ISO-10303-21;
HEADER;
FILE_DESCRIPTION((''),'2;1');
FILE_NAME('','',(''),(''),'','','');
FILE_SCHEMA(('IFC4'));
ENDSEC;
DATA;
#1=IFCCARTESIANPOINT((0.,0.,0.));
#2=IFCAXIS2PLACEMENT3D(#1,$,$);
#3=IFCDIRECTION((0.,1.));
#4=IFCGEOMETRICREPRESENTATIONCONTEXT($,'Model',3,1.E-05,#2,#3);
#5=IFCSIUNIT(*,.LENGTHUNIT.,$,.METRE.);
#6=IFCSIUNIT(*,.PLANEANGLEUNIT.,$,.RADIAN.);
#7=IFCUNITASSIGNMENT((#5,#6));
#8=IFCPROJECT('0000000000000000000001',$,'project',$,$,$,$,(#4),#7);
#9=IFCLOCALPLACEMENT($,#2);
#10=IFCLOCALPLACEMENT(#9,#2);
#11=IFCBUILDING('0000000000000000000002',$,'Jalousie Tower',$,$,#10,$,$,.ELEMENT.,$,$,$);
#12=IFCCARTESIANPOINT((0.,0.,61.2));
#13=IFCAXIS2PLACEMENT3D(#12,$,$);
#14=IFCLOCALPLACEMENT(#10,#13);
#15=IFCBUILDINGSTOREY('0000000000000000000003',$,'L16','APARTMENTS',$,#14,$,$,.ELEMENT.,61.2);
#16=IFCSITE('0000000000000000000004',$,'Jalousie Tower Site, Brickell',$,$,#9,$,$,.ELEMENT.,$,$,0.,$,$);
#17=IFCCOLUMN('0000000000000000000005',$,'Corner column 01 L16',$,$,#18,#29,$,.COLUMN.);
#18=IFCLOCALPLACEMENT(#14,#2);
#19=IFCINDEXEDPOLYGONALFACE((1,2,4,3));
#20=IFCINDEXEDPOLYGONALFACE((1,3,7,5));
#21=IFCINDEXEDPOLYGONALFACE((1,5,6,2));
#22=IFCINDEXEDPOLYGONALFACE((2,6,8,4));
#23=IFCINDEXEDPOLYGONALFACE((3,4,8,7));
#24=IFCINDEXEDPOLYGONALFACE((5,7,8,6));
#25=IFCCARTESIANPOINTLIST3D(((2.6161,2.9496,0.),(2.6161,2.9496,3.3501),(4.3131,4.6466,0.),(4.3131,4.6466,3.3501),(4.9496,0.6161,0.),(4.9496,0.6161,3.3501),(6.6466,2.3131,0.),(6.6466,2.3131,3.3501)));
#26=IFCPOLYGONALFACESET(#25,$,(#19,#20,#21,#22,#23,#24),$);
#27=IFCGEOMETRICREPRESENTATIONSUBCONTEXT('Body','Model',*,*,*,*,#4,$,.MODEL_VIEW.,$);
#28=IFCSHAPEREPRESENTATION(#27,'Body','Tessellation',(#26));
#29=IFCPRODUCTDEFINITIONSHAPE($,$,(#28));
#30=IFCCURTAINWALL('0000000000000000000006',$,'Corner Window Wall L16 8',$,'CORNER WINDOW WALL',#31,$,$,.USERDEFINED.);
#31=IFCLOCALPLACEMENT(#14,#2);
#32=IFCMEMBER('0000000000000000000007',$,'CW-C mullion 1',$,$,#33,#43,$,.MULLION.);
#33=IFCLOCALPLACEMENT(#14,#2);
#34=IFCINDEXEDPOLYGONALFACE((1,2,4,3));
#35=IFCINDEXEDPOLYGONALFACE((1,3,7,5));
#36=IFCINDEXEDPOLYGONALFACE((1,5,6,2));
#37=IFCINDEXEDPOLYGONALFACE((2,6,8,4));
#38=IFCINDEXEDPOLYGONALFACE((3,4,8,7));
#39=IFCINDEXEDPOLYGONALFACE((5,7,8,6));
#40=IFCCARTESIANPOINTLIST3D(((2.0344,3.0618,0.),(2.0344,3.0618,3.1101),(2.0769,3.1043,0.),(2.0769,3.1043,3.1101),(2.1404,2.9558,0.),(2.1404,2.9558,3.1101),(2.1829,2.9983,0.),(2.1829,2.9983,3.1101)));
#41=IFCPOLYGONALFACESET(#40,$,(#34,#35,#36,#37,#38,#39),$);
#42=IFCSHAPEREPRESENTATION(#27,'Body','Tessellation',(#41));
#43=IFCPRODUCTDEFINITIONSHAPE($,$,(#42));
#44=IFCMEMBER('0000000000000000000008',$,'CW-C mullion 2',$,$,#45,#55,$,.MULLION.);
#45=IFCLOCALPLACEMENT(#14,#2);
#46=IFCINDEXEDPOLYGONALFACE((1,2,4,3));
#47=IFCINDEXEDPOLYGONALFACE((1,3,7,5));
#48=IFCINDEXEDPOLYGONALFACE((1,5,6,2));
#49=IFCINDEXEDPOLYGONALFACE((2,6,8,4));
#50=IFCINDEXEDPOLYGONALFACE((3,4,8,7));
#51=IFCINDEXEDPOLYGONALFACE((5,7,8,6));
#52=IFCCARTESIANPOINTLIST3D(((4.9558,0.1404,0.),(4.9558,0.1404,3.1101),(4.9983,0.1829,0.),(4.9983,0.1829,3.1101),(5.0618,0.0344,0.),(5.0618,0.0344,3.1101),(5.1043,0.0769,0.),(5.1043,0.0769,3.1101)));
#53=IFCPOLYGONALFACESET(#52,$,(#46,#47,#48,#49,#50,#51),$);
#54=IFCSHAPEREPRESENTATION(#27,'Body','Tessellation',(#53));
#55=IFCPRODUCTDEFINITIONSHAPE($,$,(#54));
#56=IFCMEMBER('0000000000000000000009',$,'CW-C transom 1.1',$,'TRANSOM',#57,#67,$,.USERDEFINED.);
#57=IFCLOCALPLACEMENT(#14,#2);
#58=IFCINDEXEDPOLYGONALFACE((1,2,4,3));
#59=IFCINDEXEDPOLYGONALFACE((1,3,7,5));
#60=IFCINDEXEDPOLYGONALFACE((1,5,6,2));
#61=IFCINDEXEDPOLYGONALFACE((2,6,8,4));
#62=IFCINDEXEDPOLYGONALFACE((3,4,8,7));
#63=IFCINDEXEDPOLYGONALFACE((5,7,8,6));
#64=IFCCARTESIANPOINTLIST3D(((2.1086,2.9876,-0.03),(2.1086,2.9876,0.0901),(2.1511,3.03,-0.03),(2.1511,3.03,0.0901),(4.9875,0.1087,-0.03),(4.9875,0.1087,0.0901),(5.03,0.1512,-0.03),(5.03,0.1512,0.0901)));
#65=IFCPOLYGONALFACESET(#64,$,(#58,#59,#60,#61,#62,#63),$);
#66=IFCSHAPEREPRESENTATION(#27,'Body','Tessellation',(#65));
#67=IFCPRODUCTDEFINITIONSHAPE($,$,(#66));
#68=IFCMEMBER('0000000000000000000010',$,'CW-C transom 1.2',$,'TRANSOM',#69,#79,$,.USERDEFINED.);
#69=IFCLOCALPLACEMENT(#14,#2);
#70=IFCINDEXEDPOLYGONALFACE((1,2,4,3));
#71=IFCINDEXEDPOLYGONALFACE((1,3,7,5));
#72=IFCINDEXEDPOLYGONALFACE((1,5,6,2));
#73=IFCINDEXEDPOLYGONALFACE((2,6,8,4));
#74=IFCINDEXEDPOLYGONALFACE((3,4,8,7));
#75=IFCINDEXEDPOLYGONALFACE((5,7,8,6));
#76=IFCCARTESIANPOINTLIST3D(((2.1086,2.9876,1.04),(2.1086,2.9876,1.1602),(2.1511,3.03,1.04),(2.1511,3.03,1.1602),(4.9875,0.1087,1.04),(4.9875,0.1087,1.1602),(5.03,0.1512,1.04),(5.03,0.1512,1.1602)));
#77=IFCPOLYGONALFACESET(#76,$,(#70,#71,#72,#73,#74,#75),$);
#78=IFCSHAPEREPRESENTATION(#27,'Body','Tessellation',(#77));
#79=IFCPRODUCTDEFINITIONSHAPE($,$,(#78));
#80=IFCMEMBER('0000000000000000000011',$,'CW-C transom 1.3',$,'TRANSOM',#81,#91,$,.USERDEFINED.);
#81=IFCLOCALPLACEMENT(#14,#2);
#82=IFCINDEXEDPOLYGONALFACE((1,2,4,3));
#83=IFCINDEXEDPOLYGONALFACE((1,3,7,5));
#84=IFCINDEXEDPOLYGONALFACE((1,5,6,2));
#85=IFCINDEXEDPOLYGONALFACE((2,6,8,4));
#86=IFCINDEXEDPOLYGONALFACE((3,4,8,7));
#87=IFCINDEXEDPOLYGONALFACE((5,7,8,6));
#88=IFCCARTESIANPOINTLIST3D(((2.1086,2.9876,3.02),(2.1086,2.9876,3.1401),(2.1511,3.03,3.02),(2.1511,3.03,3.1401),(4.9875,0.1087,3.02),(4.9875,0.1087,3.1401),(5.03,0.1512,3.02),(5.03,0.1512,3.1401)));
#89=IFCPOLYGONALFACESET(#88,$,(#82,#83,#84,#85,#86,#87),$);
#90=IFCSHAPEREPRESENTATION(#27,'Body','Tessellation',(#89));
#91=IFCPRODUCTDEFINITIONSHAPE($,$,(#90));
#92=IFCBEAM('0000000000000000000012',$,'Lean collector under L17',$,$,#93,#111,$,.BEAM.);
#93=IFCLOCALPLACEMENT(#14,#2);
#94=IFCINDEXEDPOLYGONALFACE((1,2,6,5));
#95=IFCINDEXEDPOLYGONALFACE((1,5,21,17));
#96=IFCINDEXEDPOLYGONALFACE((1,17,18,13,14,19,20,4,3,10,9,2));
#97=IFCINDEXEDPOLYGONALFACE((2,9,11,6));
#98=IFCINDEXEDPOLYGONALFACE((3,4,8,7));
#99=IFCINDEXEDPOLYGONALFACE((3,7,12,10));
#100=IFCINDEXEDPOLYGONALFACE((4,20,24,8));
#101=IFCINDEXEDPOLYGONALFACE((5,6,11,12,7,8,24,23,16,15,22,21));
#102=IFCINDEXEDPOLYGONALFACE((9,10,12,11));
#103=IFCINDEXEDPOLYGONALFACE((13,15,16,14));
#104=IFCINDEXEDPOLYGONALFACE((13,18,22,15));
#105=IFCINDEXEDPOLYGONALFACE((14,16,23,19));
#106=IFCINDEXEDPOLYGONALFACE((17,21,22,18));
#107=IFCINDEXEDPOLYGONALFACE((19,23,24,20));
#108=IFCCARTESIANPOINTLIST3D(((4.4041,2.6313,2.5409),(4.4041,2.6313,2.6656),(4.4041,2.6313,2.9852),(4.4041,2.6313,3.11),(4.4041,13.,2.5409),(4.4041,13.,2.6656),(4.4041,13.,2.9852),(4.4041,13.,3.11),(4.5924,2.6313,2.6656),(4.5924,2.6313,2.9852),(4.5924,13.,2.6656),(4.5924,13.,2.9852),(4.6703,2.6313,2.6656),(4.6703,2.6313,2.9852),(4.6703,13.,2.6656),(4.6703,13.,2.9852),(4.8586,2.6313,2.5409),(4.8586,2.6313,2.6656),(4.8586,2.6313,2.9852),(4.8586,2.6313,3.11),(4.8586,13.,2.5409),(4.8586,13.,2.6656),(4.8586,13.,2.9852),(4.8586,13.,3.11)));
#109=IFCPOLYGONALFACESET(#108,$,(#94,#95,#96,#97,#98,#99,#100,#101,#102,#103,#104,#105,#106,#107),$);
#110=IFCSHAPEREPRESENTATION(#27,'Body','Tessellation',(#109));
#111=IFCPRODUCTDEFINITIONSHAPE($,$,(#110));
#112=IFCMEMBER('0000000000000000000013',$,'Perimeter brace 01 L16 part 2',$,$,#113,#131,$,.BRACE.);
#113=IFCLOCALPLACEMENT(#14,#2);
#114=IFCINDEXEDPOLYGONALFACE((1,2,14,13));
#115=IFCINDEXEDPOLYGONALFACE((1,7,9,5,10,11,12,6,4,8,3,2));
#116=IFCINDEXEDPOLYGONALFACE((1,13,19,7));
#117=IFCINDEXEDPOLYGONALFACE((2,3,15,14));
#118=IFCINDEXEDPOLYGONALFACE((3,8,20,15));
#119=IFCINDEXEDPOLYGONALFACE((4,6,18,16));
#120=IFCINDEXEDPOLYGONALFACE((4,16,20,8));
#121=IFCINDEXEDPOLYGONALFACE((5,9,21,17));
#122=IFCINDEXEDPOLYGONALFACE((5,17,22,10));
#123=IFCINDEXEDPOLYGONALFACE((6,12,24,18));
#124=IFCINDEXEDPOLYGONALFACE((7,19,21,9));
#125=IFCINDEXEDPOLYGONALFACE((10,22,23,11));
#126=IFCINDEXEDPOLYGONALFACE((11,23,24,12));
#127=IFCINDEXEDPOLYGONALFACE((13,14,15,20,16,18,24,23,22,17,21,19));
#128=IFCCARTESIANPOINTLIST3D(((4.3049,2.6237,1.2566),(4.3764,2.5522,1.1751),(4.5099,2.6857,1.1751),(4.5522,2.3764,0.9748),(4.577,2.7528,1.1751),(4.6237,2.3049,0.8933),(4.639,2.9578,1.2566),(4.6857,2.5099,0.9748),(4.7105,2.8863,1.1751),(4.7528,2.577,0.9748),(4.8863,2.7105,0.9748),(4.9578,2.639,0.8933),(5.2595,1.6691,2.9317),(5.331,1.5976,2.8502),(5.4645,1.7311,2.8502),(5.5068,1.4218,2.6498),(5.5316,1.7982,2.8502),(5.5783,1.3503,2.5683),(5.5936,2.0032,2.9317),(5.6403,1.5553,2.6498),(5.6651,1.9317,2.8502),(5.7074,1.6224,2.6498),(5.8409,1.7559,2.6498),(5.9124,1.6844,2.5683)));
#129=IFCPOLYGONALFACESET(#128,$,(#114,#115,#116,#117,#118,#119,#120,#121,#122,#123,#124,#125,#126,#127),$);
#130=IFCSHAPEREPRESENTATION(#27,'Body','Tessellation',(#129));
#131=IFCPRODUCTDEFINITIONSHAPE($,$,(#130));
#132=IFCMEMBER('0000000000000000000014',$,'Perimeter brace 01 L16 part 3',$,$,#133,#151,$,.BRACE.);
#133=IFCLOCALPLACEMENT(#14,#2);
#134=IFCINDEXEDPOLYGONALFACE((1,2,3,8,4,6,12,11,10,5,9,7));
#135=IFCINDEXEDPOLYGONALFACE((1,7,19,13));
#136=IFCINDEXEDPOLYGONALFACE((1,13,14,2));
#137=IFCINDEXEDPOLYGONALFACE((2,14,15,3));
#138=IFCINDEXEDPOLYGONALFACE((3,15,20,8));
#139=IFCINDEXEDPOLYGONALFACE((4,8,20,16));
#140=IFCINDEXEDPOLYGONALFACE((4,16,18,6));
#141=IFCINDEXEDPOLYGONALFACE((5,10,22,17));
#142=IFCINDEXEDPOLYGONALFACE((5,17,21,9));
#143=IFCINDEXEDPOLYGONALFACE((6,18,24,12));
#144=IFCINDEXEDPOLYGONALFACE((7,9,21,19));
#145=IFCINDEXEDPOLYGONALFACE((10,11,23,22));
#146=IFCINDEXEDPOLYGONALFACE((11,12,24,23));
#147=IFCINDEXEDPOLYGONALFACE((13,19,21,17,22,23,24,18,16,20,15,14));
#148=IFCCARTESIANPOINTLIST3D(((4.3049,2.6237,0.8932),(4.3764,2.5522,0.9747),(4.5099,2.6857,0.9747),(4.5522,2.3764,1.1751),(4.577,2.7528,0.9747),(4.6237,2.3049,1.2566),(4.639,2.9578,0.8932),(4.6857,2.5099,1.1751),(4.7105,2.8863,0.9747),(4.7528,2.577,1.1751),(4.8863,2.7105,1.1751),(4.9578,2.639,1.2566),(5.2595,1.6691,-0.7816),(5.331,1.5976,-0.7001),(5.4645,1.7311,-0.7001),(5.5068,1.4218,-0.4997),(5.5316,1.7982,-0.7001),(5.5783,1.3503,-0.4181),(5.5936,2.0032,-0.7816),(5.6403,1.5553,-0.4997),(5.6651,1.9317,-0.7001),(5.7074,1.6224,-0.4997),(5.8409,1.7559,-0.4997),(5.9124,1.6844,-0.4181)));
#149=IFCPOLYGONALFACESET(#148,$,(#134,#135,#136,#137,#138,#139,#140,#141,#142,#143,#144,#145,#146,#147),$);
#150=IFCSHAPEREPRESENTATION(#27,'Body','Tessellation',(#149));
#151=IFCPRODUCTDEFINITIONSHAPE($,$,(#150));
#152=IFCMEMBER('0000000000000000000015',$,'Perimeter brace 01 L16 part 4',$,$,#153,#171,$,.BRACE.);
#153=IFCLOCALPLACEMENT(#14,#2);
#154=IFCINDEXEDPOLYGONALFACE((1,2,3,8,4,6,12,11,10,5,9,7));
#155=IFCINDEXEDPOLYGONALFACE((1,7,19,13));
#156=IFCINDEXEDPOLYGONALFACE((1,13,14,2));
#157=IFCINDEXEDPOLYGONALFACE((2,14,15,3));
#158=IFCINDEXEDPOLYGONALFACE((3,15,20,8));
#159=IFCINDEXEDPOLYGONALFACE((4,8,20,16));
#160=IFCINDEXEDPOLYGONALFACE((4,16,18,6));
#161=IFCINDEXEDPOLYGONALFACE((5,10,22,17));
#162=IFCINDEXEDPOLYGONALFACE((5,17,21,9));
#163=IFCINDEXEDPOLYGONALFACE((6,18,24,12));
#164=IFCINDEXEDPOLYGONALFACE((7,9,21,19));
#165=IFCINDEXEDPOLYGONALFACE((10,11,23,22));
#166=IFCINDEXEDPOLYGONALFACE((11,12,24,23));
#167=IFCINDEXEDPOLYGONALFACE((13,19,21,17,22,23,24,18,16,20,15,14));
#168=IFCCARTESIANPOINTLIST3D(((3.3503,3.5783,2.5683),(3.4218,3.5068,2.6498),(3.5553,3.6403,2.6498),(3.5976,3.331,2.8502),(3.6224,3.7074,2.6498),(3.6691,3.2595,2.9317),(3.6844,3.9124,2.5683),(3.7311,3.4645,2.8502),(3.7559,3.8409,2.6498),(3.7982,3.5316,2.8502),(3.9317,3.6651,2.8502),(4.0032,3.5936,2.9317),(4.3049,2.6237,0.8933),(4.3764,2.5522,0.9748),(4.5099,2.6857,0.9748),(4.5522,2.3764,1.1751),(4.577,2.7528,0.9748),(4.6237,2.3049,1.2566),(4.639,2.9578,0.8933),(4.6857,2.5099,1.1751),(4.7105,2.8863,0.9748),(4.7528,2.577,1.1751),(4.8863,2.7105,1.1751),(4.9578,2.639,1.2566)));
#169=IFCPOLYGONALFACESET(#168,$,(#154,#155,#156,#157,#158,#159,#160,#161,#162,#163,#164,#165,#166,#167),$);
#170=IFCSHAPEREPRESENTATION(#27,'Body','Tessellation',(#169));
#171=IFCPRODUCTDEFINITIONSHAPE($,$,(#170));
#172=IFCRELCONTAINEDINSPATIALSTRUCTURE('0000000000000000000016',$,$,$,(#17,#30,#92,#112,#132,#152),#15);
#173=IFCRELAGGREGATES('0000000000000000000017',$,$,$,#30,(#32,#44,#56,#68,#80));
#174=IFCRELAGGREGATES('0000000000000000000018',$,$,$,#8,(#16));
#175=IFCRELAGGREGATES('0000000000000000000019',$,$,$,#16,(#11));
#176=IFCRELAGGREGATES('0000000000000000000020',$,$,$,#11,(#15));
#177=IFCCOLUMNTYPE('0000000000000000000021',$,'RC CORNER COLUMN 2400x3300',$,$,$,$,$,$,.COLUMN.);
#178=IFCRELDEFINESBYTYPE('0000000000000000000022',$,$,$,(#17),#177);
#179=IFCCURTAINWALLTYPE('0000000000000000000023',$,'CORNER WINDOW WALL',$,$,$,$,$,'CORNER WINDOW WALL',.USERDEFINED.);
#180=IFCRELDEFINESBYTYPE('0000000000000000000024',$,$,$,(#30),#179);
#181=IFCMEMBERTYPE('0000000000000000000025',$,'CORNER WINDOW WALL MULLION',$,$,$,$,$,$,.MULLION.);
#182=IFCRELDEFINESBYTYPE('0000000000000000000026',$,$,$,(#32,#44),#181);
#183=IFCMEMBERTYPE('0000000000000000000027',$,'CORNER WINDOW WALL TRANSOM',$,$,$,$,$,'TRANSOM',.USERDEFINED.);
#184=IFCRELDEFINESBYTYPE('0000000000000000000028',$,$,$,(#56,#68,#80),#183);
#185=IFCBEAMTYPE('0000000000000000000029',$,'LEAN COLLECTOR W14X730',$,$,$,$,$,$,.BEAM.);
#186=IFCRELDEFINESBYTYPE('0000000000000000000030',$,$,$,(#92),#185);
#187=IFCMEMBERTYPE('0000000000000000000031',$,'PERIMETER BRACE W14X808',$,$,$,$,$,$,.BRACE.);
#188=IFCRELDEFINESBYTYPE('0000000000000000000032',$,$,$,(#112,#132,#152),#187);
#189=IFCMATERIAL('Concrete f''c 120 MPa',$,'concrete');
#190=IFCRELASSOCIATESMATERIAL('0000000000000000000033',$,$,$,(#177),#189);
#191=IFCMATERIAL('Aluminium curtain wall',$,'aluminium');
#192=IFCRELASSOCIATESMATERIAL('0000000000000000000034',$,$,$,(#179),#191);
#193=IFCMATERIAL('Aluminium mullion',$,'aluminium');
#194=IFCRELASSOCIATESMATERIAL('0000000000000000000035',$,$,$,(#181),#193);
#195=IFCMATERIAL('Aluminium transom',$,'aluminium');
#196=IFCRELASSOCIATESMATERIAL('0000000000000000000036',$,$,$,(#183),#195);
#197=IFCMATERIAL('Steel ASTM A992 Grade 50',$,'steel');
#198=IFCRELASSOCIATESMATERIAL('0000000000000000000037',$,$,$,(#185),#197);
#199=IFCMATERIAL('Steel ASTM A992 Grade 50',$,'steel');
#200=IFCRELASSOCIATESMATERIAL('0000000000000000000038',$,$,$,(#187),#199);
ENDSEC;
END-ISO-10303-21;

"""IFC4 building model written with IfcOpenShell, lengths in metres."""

from ifc_helpers import new_model, si_unit, direction, frame, origin, origin_2d, place, context, subcontext, project, spatial, rectangle, i_section, extrude, material, material_profile, profile_set, type_object, element, aggregate, save


model = new_model("IFC4")

# Units and contexts
model_context = context("Model", 3, precision=1e-05, world=origin(), true_north=direction((0.0, 1.0)))
body_context = subcontext(model_context, "Body", "Model", "MODEL_VIEW")
ifc_project = project(units=[si_unit("LENGTHUNIT", "METRE"), si_unit("PLANEANGLEUNIT", "RADIAN")], contexts=[model_context])

# Site, building, storey
site_placement = place(None, origin())
site = spatial("IfcSite", under=ifc_project, at=site_placement, Name="Jalousie Tower Site, Brickell", CompositionType="ELEMENT", RefElevation=0.0)
building_placement = place(site_placement, origin())
building = spatial("IfcBuilding", under=site, at=building_placement, Name="Jalousie Tower", CompositionType="ELEMENT")
storey_placement = place(building_placement, frame((0.0, 0.0, 61.2)))
storey = spatial("IfcBuildingStorey", under=building, at=storey_placement, Name="L16", Description="APARTMENTS", CompositionType="ELEMENT", Elevation=61.2)

# Column
ifc_material_1 = material(Name="Concrete f'c 120 MPa", Category="concrete")
ifc_material_profile_1 = material_profile(ifc_material_1, rectangle(XDim=2.3999, YDim=3.3, at=origin_2d()), Name="RC 2400x3300")
ifc_profile_set_1 = profile_set([ifc_material_profile_1], Name="Concrete f'c 120 MPa")
column_type = type_object("IfcColumnType", Name="RC CORNER COLUMN 2400x3300", PredefinedType="COLUMN", material=ifc_profile_set_1)
column_placement = place(storey_placement, frame((4.6313, 2.6313, 0.0), z_axis=(0.0, 0.0, 1.0), x_axis=(0.707107, 0.707107, 0.0)))
element("IfcColumn", 1, at=column_placement, inside=storey, type_object=column_type, Name="Corner column 01 L16", PredefinedType="COLUMN", context=body_context, shape_type="SweptSolid", body=[
    extrude(rectangle(XDim=2.3999, YDim=3.3, at=origin_2d()), origin(), (0.0, 0.0, 1.0), 3.3501),
])

# Curtain wall, members
ifc_material_2 = material(Name="Aluminium curtain wall", Category="aluminium")
curtain_wall_type_1 = type_object("IfcCurtainWallType", Name="CORNER WINDOW WALL", ElementType="CORNER WINDOW WALL", PredefinedType="USERDEFINED", material=ifc_material_2)
curtain_wall_1_placement = place(storey_placement, origin())
curtain_wall_1 = element("IfcCurtainWall", 2, at=curtain_wall_1_placement, inside=storey, type_object=curtain_wall_type_1, Name="Corner Window Wall L16 8", ObjectType="CORNER WINDOW WALL", PredefinedType="USERDEFINED")
ifc_material_3 = material(Name="Aluminium mullion", Category="aluminium")
ifc_material_profile_2 = material_profile(ifc_material_3, rectangle(XDim=0.0601, YDim=0.1499, at=origin_2d()), Name="MULLION 60x150")
ifc_profile_set_2 = profile_set([ifc_material_profile_2], Name="Aluminium mullion")
member_type_1 = type_object("IfcMemberType", Name="CORNER WINDOW WALL MULLION", PredefinedType="MULLION", material=ifc_profile_set_2)
member_1_placement = place(storey_placement, frame((2.1086, 3.03, 0.0), z_axis=(0.0, 0.0, 1.0), x_axis=(0.707107, 0.707107, 0.0)))
member_1 = element("IfcMember", 3, at=member_1_placement, type_object=member_type_1, Name="CW-C mullion 1", PredefinedType="MULLION", context=body_context, shape_type="SweptSolid", body=[
    extrude(rectangle(XDim=0.0601, YDim=0.1499, at=origin_2d()), origin(), (0.0, 0.0, 1.0), 3.1101),
])
member_2_placement = place(storey_placement, frame((5.03, 0.1086, 0.0), z_axis=(0.0, 0.0, 1.0), x_axis=(0.707107, 0.707107, 0.0)))
member_2 = element("IfcMember", 4, at=member_2_placement, type_object=member_type_1, Name="CW-C mullion 2", PredefinedType="MULLION", context=body_context, shape_type="SweptSolid", body=[
    extrude(rectangle(XDim=0.0601, YDim=0.1499, at=origin_2d()), origin(), (0.0, 0.0, 1.0), 3.1101),
])
ifc_material_4 = material(Name="Aluminium transom", Category="aluminium")
ifc_material_profile_3 = material_profile(ifc_material_4, rectangle(XDim=0.0601, YDim=0.1201, at=origin_2d()), Name="TRANSOM 60x120")
ifc_profile_set_3 = profile_set([ifc_material_profile_3], Name="Aluminium transom")
member_type_2 = type_object("IfcMemberType", Name="CORNER WINDOW WALL TRANSOM", ElementType="TRANSOM", PredefinedType="USERDEFINED", material=ifc_profile_set_3)
member_3_placement = place(storey_placement, frame((2.1299, 3.0088, 0.03), z_axis=(0.707107, -0.707107, 0.0), x_axis=(0.707107, 0.707107, 0.0)))
member_3 = element("IfcMember", 5, at=member_3_placement, type_object=member_type_2, Name="CW-C transom 1.1", ObjectType="TRANSOM", PredefinedType="USERDEFINED", context=body_context, shape_type="SweptSolid", body=[
    extrude(rectangle(XDim=0.0601, YDim=0.1201, at=origin_2d()), origin(), (0.0, 0.0, 1.0), 4.0713),
])
member_4_placement = place(storey_placement, frame((2.1299, 3.0088, 1.1001), z_axis=(0.707107, -0.707107, 0.0), x_axis=(0.707107, 0.707107, 0.0)))
member_4 = element("IfcMember", 6, at=member_4_placement, type_object=member_type_2, Name="CW-C transom 1.2", ObjectType="TRANSOM", PredefinedType="USERDEFINED", context=body_context, shape_type="SweptSolid", body=[
    extrude(rectangle(XDim=0.0601, YDim=0.1201, at=origin_2d()), origin(), (0.0, 0.0, 1.0), 4.0713),
])
member_5_placement = place(storey_placement, frame((2.1299, 3.0088, 3.0801), z_axis=(0.707107, -0.707107, 0.0), x_axis=(0.707107, 0.707107, 0.0)))
member_5 = element("IfcMember", 7, at=member_5_placement, type_object=member_type_2, Name="CW-C transom 1.3", ObjectType="TRANSOM", PredefinedType="USERDEFINED", context=body_context, shape_type="SweptSolid", body=[
    extrude(rectangle(XDim=0.0601, YDim=0.1201, at=origin_2d()), origin(), (0.0, 0.0, 1.0), 4.0713),
])

# Beam
ifc_material_5 = material(Name="Steel ASTM A992 Grade 50", Category="steel")
ifc_material_profile_4 = material_profile(ifc_material_5, i_section(OverallWidth=0.4546, OverallDepth=0.5691, WebThickness=0.0779, FlangeThickness=0.1248, at=origin_2d()), Name="W14X730")
ifc_profile_set_4 = profile_set([ifc_material_profile_4], Name="Steel ASTM A992 Grade 50")
beam_type_1 = type_object("IfcBeamType", Name="LEAN COLLECTOR W14X730", PredefinedType="BEAM", material=ifc_profile_set_4)
beam_1_placement = place(storey_placement, frame((4.6313, 2.6313, 2.8254), z_axis=(0.0, 1.0, 0.0), x_axis=(-1.0, 0.0, 0.0)))
element("IfcBeam", 8, at=beam_1_placement, inside=storey, type_object=beam_type_1, Name="Lean collector under L17", PredefinedType="BEAM", context=body_context, shape_type="SweptSolid", body=[
    extrude(i_section(OverallWidth=0.4546, OverallDepth=0.5691, WebThickness=0.0779, FlangeThickness=0.1248, at=origin_2d()), origin(), (0.0, 0.0, 1.0), 10.3687),
])

# Members
ifc_material_6 = material(Name="Steel ASTM A992 Grade 50", Category="steel")
ifc_material_profile_5 = material_profile(ifc_material_6, i_section(OverallWidth=0.4724, OverallDepth=0.5791, WebThickness=0.095, FlangeThickness=0.1299, at=origin_2d()), Name="W14X808")
ifc_profile_set_5 = profile_set([ifc_material_profile_5], Name="Steel ASTM A992 Grade 50")
member_type_3 = type_object("IfcMemberType", Name="PERIMETER BRACE W14X808", PredefinedType="BRACE", material=ifc_profile_set_5)
member_6_placement = place(storey_placement, frame((4.6313, 2.6313, 1.075), z_axis=(0.443718, -0.443718, 0.778607), x_axis=(0.707107, 0.707107, 0.0)))
element("IfcMember", 9, at=member_6_placement, inside=storey, type_object=member_type_3, Name="Perimeter brace 01 L16 part 2", PredefinedType="BRACE", context=body_context, shape_type="SweptSolid", body=[
    extrude(i_section(OverallWidth=0.4724, OverallDepth=0.5791, WebThickness=0.095, FlangeThickness=0.1299, at=origin_2d()), origin(), (0.0, 0.0, 1.0), 2.1514),
])
member_7_placement = place(storey_placement, frame((5.5859, 1.6768, -0.5999), z_axis=(-0.443758, 0.443758, 0.778562), x_axis=(-0.707107, -0.707107, 0.0)))
element("IfcMember", 10, at=member_7_placement, inside=storey, type_object=member_type_3, Name="Perimeter brace 01 L16 part 3", PredefinedType="BRACE", context=body_context, shape_type="SweptSolid", body=[
    extrude(i_section(OverallWidth=0.4724, OverallDepth=0.5791, WebThickness=0.095, FlangeThickness=0.1299, at=origin_2d()), origin(), (0.0, 0.0, 1.0), 2.1511),
])
member_8_placement = place(storey_placement, frame((4.6313, 2.6313, 1.075), z_axis=(-0.443718, 0.443718, 0.778607), x_axis=(-0.707107, -0.707107, 0.0)))
element("IfcMember", 11, at=member_8_placement, inside=storey, type_object=member_type_3, Name="Perimeter brace 01 L16 part 4", PredefinedType="BRACE", context=body_context, shape_type="SweptSolid", body=[
    extrude(i_section(OverallWidth=0.4724, OverallDepth=0.5791, WebThickness=0.095, FlangeThickness=0.1299, at=origin_2d()), origin(), (0.0, 0.0, 1.0), 2.1514),
])

aggregate(curtain_wall_1, [member_1, member_2, member_3, member_4, member_5])

save(model, "model.ifc")
